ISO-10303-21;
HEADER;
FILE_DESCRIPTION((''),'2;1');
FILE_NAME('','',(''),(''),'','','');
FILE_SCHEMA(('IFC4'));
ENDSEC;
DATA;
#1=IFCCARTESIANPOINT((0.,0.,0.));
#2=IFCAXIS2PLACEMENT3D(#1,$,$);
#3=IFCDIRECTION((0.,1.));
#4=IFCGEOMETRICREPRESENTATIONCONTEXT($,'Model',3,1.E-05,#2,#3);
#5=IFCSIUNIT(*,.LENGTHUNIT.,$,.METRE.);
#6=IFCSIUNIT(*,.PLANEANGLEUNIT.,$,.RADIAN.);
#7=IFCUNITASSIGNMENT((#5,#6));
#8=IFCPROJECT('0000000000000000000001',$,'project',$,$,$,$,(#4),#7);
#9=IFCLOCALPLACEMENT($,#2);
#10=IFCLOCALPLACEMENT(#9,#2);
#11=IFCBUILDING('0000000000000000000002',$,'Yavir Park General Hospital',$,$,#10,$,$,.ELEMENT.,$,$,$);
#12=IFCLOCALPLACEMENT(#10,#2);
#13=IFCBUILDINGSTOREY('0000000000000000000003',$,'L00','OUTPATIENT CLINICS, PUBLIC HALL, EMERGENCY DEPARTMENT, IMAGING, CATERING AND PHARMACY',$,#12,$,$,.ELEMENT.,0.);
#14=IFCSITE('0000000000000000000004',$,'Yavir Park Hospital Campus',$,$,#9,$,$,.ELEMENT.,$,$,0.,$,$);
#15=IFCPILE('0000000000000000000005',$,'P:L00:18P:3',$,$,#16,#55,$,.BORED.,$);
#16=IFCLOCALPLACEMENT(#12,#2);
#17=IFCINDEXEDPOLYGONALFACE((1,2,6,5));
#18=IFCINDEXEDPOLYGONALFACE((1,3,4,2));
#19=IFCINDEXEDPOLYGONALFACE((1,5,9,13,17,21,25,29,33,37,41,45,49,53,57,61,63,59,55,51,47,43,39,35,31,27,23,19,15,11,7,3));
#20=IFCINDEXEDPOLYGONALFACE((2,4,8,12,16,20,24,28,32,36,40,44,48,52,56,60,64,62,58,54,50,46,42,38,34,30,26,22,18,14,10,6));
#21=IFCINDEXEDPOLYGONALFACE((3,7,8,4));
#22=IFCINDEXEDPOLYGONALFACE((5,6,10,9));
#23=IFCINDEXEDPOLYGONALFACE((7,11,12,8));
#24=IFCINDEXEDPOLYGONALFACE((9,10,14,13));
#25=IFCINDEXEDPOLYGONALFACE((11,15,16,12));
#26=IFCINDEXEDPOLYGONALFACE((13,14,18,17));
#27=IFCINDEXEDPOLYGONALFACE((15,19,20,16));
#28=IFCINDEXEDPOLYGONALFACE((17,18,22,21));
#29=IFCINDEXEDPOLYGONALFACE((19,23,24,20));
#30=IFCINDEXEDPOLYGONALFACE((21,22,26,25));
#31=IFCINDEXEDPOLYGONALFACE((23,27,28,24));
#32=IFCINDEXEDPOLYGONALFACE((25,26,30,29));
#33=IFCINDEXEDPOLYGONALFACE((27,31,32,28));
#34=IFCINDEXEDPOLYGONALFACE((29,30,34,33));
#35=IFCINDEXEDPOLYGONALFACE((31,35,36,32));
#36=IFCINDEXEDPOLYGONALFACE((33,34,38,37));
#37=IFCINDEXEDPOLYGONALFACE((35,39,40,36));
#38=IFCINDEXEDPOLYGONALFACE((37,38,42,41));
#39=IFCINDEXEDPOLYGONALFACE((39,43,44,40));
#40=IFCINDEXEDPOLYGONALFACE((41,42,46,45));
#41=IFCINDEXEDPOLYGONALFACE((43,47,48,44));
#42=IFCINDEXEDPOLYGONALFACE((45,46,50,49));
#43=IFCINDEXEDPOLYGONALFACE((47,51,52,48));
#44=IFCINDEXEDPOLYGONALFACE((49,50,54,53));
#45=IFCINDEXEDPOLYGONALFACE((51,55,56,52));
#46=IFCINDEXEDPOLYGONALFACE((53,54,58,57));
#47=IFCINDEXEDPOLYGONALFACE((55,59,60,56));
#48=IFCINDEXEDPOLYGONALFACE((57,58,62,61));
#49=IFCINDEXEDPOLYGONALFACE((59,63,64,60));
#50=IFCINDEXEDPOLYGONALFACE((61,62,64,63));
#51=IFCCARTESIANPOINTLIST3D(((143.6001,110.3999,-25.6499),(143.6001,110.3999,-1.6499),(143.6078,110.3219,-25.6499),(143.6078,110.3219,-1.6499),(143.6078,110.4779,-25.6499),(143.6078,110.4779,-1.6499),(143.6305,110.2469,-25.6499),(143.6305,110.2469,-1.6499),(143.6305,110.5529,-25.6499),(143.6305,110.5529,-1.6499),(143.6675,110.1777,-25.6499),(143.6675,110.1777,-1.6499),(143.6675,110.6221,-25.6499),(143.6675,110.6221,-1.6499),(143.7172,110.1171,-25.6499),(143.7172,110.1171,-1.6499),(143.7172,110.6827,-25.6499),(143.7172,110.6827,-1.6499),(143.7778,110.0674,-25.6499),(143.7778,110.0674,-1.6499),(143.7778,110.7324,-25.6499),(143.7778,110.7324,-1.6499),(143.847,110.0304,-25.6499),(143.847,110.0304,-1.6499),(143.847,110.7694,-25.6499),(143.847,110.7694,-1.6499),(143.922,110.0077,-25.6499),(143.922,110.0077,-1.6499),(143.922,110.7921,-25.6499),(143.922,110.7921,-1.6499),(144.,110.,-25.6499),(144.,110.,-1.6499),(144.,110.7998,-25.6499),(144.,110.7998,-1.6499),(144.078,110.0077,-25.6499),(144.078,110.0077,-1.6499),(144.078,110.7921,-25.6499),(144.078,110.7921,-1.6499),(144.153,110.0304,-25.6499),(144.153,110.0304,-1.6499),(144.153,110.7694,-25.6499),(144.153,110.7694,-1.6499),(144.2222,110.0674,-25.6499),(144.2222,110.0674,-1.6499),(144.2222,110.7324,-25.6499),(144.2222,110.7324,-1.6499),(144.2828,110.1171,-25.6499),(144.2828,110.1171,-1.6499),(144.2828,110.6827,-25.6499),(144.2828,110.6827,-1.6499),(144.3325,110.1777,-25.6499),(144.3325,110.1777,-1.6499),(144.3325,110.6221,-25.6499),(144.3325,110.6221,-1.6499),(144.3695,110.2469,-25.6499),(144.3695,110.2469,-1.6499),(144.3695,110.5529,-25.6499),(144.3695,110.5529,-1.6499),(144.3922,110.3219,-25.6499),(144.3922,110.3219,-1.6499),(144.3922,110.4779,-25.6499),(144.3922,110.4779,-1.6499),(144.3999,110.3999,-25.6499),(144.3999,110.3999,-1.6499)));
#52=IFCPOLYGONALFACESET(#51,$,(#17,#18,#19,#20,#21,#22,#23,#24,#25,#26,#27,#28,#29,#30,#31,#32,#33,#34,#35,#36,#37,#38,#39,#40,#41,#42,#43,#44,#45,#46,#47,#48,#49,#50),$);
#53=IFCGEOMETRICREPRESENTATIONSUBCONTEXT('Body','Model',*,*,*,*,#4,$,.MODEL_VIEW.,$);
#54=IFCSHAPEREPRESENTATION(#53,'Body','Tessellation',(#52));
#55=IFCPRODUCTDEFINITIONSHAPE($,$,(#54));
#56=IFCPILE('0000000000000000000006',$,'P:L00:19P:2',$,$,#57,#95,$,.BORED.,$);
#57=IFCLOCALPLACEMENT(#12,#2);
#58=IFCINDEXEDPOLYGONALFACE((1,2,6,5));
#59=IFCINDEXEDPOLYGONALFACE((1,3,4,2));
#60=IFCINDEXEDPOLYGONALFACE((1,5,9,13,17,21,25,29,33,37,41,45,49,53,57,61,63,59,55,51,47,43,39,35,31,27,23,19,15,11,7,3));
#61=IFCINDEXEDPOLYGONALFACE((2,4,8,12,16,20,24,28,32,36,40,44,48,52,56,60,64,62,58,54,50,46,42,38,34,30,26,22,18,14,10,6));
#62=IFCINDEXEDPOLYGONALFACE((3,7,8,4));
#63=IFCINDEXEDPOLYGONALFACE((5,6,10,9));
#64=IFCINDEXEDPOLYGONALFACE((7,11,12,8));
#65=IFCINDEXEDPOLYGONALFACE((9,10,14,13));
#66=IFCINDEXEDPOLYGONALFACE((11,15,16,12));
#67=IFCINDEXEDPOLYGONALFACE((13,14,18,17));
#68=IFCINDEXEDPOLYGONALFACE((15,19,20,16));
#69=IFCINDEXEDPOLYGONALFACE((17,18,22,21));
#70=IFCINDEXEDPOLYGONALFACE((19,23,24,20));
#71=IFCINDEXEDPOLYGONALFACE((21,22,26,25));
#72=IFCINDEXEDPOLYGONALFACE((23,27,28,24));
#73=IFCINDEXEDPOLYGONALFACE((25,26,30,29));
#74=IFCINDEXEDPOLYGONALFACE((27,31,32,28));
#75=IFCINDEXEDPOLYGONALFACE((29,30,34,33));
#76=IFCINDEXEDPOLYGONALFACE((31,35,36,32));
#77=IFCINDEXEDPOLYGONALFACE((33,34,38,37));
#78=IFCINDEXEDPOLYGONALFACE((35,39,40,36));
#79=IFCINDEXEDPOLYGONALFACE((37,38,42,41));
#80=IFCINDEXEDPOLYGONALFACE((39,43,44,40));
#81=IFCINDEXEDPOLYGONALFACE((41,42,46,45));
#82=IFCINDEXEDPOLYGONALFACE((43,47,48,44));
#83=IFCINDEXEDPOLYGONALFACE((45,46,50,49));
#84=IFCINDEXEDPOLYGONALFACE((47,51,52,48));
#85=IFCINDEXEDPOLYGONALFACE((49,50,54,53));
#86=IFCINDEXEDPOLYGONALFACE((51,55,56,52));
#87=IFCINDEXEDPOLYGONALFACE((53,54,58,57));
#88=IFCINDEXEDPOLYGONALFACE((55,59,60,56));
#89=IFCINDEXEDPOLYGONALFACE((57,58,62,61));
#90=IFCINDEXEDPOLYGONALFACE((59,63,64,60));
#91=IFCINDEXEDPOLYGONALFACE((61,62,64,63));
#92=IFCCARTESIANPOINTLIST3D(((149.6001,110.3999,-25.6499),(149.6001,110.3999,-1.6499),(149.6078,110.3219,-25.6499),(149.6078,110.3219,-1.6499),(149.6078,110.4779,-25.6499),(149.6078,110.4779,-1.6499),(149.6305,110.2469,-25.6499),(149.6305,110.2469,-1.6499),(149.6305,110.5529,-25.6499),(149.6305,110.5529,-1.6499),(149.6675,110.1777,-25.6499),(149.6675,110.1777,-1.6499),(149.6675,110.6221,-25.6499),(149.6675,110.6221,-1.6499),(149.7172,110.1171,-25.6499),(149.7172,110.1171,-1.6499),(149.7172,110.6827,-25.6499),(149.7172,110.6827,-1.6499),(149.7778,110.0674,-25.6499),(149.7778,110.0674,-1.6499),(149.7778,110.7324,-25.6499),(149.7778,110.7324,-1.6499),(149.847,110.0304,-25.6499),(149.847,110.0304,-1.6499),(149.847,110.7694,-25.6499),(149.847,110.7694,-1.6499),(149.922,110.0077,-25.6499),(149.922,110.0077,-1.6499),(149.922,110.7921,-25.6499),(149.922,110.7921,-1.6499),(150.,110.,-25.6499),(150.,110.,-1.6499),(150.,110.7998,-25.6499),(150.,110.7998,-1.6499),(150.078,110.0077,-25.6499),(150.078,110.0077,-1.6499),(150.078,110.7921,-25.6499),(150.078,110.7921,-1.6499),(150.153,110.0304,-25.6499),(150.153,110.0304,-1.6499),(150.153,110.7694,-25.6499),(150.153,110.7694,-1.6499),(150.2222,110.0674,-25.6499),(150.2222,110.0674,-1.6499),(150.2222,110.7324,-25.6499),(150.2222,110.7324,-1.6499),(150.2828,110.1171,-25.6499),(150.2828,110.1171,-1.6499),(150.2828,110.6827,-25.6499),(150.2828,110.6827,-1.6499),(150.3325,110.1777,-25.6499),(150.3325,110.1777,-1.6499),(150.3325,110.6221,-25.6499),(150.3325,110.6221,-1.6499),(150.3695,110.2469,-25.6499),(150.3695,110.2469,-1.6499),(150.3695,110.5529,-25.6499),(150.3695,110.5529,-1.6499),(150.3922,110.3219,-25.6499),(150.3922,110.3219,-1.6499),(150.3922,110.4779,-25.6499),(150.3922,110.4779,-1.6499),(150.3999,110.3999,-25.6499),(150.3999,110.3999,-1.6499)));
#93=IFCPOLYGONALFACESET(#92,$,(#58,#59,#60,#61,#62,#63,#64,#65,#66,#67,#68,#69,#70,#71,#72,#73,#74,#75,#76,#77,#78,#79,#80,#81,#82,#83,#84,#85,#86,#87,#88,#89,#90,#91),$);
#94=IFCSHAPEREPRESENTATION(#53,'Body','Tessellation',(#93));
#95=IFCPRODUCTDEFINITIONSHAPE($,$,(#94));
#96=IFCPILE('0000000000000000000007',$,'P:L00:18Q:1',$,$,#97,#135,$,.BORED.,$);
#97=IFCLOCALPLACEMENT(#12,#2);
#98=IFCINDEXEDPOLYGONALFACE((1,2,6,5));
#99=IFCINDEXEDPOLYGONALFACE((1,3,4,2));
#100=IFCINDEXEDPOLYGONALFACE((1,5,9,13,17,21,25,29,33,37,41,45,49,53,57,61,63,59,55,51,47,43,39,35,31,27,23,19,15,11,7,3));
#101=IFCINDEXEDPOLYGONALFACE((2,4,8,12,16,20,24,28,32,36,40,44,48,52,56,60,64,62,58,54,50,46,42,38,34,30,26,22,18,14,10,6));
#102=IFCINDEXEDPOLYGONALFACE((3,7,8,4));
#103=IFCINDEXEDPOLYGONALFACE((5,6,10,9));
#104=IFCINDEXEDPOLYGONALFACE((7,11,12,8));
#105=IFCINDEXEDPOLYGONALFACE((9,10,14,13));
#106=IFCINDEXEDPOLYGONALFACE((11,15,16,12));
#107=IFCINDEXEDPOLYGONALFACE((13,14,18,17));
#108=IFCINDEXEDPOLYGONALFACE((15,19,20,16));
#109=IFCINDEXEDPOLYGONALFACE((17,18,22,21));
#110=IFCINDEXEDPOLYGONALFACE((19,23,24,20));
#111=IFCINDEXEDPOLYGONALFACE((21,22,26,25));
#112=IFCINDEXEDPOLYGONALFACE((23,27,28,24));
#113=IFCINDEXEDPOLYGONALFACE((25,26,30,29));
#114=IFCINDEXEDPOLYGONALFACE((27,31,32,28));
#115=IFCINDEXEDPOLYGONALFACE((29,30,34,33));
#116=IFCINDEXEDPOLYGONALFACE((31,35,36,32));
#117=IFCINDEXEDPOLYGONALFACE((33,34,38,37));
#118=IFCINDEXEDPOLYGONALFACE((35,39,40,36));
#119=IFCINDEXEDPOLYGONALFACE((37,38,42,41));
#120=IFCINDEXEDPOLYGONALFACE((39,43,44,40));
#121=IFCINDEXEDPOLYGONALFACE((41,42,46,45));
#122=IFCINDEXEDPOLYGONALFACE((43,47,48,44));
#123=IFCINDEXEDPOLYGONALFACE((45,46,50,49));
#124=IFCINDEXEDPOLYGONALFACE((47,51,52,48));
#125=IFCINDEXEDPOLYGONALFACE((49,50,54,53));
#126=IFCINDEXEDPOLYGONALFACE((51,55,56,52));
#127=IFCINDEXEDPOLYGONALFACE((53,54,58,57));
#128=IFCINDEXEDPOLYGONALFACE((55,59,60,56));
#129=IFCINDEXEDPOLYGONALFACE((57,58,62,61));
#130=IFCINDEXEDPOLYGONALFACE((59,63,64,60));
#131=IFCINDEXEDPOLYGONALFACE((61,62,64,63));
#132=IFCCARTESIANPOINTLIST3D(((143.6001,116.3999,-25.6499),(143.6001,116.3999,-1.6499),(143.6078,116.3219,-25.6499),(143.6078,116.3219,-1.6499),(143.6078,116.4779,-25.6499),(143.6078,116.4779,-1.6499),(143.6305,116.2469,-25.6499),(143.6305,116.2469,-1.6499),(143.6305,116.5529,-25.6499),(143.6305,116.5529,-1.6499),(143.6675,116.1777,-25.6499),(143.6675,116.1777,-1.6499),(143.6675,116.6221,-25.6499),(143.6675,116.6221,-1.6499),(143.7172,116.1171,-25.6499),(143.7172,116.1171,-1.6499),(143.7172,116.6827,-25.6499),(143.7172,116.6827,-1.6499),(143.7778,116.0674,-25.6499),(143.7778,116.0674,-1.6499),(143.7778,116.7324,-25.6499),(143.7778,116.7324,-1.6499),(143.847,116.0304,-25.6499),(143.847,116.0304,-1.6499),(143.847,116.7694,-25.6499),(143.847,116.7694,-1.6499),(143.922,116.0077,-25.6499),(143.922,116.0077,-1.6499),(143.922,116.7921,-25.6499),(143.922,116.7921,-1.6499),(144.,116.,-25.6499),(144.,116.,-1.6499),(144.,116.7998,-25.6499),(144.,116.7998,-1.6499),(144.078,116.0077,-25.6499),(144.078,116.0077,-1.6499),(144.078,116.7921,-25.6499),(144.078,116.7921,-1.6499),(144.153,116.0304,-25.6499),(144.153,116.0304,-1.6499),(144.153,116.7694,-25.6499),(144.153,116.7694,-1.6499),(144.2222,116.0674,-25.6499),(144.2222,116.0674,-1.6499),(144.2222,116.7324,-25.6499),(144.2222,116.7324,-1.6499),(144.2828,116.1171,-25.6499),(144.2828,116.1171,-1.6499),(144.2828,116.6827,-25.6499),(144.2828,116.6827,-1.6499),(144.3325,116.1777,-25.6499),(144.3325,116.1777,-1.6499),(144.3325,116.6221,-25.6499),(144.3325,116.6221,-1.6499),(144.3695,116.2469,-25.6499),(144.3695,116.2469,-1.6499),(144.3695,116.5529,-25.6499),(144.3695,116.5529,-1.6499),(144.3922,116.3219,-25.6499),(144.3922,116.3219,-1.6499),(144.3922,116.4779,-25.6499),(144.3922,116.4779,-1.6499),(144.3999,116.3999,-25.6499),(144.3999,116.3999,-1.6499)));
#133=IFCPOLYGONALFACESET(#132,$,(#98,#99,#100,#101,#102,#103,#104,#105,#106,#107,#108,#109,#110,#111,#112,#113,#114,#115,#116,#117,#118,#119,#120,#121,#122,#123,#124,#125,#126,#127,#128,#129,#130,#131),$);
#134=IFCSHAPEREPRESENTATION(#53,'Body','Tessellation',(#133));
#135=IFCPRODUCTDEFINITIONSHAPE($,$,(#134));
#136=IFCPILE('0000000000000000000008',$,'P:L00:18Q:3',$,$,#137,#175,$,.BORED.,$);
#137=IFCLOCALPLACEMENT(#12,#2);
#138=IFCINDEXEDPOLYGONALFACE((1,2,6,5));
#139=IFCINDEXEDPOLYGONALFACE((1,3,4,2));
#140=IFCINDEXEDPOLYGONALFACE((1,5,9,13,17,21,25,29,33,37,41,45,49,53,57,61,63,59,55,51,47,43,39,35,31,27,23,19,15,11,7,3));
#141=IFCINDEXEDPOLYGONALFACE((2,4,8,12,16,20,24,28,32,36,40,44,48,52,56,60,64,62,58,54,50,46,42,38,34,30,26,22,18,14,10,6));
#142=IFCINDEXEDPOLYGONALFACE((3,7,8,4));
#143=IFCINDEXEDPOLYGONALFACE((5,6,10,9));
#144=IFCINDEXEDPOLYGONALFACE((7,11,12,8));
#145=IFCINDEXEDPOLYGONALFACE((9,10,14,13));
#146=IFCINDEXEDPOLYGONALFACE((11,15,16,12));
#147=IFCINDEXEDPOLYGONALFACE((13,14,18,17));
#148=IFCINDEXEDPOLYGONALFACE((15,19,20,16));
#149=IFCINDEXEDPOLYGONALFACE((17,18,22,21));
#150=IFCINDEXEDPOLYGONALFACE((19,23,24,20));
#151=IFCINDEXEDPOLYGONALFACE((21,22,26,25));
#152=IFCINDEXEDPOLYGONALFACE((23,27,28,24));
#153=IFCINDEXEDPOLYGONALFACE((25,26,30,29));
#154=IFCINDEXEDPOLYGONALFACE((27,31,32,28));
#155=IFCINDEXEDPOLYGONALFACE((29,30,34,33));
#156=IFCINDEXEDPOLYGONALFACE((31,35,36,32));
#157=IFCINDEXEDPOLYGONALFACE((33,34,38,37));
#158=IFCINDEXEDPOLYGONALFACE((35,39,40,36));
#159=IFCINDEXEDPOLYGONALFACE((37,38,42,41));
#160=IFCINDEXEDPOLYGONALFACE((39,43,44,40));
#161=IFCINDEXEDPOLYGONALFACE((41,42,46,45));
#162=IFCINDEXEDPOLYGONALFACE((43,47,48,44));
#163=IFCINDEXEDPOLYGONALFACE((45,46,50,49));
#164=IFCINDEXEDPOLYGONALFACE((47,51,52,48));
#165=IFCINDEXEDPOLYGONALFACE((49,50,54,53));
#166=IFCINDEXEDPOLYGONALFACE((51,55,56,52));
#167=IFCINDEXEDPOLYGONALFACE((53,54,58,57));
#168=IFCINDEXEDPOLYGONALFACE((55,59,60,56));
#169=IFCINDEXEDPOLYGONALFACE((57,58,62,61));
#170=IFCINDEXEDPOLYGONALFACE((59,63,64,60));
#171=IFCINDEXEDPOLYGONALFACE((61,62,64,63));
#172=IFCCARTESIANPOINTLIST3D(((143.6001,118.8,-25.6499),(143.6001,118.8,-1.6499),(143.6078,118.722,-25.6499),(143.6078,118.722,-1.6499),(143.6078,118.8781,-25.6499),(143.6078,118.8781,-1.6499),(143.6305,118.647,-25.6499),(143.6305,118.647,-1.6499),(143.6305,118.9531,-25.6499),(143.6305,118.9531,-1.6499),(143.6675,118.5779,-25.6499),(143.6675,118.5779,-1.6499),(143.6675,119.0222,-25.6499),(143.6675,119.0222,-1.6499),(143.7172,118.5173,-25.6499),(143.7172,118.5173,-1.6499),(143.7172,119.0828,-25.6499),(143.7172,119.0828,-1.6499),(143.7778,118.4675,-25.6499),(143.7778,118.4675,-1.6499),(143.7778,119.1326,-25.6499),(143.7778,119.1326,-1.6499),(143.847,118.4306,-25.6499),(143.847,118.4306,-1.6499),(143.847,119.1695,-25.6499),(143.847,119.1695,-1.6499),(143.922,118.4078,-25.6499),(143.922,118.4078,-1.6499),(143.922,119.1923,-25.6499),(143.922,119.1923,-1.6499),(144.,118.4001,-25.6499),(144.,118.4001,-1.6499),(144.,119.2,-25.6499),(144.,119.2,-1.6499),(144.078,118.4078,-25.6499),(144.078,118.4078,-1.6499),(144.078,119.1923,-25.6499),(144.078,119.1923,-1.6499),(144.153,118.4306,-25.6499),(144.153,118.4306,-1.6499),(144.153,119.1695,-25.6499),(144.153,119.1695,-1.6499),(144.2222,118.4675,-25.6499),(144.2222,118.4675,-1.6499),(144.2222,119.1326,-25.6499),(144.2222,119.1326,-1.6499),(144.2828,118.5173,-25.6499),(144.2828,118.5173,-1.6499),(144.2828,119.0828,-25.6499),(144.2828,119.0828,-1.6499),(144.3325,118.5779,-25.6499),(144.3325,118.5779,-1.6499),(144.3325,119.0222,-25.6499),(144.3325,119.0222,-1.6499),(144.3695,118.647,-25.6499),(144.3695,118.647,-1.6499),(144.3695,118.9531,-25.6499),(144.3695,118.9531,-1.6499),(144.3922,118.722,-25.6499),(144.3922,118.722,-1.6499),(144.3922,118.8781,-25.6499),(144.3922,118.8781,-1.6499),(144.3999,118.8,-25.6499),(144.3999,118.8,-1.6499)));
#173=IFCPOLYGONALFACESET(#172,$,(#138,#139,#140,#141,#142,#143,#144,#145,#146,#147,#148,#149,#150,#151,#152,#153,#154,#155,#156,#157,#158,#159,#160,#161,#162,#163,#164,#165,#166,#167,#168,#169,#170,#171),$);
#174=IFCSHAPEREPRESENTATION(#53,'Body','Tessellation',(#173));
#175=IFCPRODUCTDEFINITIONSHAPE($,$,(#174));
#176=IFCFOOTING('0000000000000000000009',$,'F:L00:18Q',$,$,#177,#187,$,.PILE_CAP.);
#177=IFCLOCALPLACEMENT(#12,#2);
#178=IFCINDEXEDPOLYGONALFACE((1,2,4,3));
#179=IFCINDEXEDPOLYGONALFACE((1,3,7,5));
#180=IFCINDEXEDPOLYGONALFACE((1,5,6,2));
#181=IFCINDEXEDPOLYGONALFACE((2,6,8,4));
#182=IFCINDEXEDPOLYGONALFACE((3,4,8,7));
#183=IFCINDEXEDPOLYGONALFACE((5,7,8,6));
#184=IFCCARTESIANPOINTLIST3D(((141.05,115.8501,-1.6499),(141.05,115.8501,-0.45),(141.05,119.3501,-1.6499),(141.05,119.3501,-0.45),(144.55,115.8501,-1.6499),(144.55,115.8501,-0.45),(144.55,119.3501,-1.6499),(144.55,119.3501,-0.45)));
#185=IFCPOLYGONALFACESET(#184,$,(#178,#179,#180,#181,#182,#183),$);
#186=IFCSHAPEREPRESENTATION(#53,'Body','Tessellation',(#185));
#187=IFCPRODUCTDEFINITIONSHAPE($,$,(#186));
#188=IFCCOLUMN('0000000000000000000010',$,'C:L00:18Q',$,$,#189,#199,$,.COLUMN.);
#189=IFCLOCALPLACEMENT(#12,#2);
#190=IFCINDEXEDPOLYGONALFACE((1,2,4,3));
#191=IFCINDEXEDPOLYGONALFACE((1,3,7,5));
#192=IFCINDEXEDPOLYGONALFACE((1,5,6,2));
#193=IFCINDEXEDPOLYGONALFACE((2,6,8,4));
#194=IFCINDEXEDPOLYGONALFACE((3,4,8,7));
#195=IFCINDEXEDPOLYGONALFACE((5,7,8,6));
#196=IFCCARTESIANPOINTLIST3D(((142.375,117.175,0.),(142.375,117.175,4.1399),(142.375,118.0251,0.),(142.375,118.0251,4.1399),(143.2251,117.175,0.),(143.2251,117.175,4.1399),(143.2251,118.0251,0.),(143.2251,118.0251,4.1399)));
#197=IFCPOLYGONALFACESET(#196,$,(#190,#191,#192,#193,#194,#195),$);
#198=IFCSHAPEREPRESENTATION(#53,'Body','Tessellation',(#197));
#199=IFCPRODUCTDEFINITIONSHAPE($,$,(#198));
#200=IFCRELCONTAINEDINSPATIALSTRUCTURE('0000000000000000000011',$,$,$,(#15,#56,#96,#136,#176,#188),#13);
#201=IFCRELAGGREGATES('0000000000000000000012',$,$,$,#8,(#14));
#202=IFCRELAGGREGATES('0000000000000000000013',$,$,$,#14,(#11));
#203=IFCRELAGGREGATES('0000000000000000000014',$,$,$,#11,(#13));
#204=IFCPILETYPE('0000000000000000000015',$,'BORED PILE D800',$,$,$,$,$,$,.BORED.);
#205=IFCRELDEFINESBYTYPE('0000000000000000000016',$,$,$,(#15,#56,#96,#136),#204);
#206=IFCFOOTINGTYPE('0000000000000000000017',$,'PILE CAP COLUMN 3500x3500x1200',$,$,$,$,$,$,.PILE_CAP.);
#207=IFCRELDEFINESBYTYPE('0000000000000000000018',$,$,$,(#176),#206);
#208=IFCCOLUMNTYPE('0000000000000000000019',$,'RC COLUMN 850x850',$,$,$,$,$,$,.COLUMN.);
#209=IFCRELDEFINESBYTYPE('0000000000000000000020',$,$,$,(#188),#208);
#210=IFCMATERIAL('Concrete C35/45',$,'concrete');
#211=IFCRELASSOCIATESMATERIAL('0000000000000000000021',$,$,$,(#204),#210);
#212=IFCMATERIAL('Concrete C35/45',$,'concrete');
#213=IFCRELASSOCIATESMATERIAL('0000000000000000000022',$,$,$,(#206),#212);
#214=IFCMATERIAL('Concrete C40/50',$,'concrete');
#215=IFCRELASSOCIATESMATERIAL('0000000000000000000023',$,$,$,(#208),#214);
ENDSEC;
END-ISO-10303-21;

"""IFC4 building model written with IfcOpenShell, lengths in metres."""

from ifc_helpers import new_model, si_unit, direction, frame, origin, origin_2d, place, context, subcontext, project, spatial, rectangle, circle, extrude, material, material_profile, profile_set, type_object, element, save


model = new_model("IFC4")

# Units and contexts
model_context = context("Model", 3, precision=1e-05, world=origin(), true_north=direction((0.0, 1.0)))
body_context = subcontext(model_context, "Body", "Model", "MODEL_VIEW")
ifc_project = project(units=[si_unit("LENGTHUNIT", "METRE"), si_unit("PLANEANGLEUNIT", "RADIAN")], contexts=[model_context])

# Site, building, storey
site_placement = place(None, origin())
site = spatial("IfcSite", under=ifc_project, at=site_placement, Name="Yavir Park Hospital Campus", CompositionType="ELEMENT", RefElevation=0.0)
building_placement = place(site_placement, origin())
building = spatial("IfcBuilding", under=site, at=building_placement, Name="Yavir Park General Hospital", CompositionType="ELEMENT")
storey_placement = place(building_placement, origin())
storey = spatial("IfcBuildingStorey", under=building, at=storey_placement, Name="L00", Description="OUTPATIENT CLINICS, PUBLIC HALL, EMERGENCY DEPARTMENT, IMAGING, CATERING AND PHARMACY", CompositionType="ELEMENT", Elevation=0.0)

# Piles
ifc_material_1 = material(Name="Concrete C35/45", Category="concrete")
ifc_material_profile_1 = material_profile(ifc_material_1, circle(Radius=0.3999, at=origin_2d()), Name="D800")
ifc_profile_set_1 = profile_set([ifc_material_profile_1], Name="Concrete C35/45")
pile_type = type_object("IfcPileType", Name="BORED PILE D800", PredefinedType="BORED", material=ifc_profile_set_1)
for number, where, z_axis, x_axis, name in (
    (1, (144.0, 110.3999, -1.6499), (0.0, 0.0, -1.0), (1.0, 0.0, 0.0), "P:L00:18P:3"),
    (2, (150.0, 110.3999, -1.6499), (0.0, 0.0, -1.0), (1.0, 0.0, 0.0), "P:L00:19P:2"),
    (3, (144.0, 116.3999, -1.6499), (0.0, 0.0, -1.0), (1.0, 0.0, 0.0), "P:L00:18Q:1"),
    (4, (144.0, 118.8, -1.6499), (0.0, 0.0, -1.0), (1.0, 0.0, 0.0), "P:L00:18Q:3"),
):
    element("IfcPile", number, at=place(storey_placement, frame(where, z_axis=z_axis, x_axis=x_axis)), inside=storey, type_object=pile_type, Name=name, PredefinedType="BORED", context=body_context, shape_type="SweptSolid", body=[
        extrude(circle(Radius=0.3999, at=origin_2d()), origin(), (0.0, 0.0, 1.0), 24.0),
    ])

# Footing
ifc_material_2 = material(Name="Concrete C35/45", Category="concrete")
footing_type = type_object("IfcFootingType", Name="PILE CAP COLUMN 3500x3500x1200", PredefinedType="PILE_CAP", material=ifc_material_2)
footing_placement = place(storey_placement, frame((142.8, 117.6001, -1.6499), z_axis=(0.0, 0.0, 1.0), x_axis=(1.0, 0.0, 0.0)))
element("IfcFooting", 5, at=footing_placement, inside=storey, type_object=footing_type, Name="F:L00:18Q", PredefinedType="PILE_CAP", context=body_context, shape_type="SweptSolid", body=[
    extrude(rectangle(XDim=3.5, YDim=3.5, at=origin_2d()), origin(), (0.0, 0.0, 1.0), 1.2),
])

# Column
ifc_material_3 = material(Name="Concrete C40/50", Category="concrete")
ifc_material_profile_2 = material_profile(ifc_material_3, rectangle(XDim=0.8501, YDim=0.8501, at=origin_2d()), Name="RC850x850")
ifc_profile_set_2 = profile_set([ifc_material_profile_2], Name="Concrete C40/50")
column_type = type_object("IfcColumnType", Name="RC COLUMN 850x850", PredefinedType="COLUMN", material=ifc_profile_set_2)
column_placement = place(storey_placement, frame((142.8, 117.6001, 0.0), z_axis=(0.0, 0.0, 1.0), x_axis=(1.0, 0.0, 0.0)))
element("IfcColumn", 6, at=column_placement, inside=storey, type_object=column_type, Name="C:L00:18Q", PredefinedType="COLUMN", context=body_context, shape_type="SweptSolid", body=[
    extrude(rectangle(XDim=0.8501, YDim=0.8501, at=origin_2d()), origin(), (0.0, 0.0, 1.0), 4.1399),
])

save(model, "model.ifc")
